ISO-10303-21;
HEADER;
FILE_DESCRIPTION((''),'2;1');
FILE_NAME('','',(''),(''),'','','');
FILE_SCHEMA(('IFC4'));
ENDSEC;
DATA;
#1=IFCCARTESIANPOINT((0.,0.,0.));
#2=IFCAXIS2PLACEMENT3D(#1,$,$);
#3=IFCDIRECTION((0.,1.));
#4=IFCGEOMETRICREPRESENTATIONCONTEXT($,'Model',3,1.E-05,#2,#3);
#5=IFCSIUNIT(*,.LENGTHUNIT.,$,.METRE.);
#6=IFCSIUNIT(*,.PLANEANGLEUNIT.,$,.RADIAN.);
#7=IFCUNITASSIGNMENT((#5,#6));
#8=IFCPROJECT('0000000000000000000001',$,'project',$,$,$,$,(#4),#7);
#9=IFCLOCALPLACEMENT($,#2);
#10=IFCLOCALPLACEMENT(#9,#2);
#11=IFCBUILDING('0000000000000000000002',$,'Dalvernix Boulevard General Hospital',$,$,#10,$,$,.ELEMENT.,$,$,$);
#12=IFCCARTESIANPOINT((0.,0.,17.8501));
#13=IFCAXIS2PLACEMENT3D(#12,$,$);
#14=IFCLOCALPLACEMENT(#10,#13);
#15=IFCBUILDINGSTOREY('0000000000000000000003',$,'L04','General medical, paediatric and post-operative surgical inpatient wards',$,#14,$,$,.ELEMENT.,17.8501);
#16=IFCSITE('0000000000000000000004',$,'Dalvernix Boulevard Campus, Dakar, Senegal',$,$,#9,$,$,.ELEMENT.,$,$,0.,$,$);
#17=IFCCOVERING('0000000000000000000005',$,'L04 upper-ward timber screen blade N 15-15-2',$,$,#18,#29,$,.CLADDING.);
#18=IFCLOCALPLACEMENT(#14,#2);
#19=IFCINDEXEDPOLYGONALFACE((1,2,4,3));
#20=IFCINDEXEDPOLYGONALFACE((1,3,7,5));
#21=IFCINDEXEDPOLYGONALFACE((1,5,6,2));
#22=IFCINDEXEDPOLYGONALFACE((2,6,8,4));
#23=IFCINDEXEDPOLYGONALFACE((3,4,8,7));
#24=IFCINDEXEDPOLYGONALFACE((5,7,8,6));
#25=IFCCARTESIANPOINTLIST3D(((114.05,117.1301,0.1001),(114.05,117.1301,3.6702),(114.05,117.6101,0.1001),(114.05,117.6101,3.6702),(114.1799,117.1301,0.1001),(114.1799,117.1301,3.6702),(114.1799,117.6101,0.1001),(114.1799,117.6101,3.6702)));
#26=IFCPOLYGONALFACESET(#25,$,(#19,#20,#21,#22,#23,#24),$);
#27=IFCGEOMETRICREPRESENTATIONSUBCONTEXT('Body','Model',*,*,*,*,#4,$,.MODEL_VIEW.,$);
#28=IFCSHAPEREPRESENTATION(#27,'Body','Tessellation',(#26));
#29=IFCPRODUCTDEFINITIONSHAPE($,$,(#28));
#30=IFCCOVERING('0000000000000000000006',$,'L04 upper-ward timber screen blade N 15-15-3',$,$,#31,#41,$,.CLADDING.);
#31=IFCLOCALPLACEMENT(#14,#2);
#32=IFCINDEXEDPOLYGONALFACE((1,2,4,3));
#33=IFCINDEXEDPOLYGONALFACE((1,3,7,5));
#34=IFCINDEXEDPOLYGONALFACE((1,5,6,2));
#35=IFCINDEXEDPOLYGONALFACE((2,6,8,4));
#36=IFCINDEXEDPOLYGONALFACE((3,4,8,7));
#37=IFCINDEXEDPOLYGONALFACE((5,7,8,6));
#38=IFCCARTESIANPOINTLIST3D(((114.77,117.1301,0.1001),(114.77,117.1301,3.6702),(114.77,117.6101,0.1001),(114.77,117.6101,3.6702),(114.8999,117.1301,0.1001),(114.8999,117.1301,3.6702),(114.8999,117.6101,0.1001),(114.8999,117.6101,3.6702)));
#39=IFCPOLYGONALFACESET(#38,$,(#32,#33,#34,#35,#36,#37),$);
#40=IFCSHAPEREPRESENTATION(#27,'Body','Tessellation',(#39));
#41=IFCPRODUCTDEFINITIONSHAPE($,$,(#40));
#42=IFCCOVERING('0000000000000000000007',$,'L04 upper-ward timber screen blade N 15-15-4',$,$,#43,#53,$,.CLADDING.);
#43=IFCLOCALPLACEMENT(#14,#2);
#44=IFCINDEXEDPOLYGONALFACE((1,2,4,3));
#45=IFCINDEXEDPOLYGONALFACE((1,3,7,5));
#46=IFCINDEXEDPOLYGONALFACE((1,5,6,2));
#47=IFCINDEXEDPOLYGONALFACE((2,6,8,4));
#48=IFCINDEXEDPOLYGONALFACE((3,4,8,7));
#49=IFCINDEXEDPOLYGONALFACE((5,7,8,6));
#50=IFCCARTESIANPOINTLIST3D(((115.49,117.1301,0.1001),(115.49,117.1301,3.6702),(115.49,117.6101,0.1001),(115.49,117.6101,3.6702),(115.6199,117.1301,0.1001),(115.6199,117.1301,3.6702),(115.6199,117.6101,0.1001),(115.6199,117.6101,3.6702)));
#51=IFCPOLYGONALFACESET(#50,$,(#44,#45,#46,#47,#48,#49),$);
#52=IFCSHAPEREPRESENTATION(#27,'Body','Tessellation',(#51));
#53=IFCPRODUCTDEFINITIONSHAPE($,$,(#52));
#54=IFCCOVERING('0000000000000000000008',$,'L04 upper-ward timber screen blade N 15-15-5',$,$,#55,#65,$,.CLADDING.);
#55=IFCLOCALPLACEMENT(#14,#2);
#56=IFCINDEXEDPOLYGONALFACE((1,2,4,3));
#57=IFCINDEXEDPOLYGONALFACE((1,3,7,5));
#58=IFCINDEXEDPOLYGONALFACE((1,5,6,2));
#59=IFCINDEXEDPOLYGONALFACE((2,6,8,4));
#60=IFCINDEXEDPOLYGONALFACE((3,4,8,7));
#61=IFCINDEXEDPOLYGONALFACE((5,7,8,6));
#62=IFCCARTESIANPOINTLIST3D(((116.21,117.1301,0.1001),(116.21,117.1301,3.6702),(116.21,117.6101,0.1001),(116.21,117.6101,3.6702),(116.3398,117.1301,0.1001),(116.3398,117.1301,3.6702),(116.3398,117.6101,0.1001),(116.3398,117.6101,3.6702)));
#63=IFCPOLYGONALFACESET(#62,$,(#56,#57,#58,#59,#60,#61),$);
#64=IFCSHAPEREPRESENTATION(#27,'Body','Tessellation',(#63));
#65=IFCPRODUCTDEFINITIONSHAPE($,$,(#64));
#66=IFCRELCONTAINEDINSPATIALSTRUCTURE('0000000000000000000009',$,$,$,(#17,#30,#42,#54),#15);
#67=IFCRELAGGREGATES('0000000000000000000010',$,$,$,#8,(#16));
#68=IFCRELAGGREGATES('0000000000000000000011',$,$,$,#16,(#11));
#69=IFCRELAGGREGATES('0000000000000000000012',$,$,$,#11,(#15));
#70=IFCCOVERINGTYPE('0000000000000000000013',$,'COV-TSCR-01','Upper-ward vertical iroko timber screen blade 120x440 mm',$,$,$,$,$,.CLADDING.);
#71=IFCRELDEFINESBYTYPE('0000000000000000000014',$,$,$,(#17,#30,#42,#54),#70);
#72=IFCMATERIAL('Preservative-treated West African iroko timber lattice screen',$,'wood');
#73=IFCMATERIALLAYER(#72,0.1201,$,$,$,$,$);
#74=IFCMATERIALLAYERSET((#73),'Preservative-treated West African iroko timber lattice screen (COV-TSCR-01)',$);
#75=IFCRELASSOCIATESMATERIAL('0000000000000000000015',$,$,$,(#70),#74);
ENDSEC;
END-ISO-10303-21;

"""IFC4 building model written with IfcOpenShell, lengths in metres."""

from ifc_helpers import new_model, si_unit, direction, frame, origin, origin_2d, place, context, subcontext, project, spatial, rectangle, extrude, material, layer, layer_set, type_object, element, save


model = new_model("IFC4")

# Units and contexts
model_context = context("Model", 3, precision=1e-05, world=origin(), true_north=direction((0.0, 1.0)))
body_context = subcontext(model_context, "Body", "Model", "MODEL_VIEW")
ifc_project = project(units=[si_unit("LENGTHUNIT", "METRE"), si_unit("PLANEANGLEUNIT", "RADIAN")], contexts=[model_context])

# Site, building, storey
site_placement = place(None, origin())
site = spatial("IfcSite", under=ifc_project, at=site_placement, Name="Dalvernix Boulevard Campus, Dakar, Senegal", CompositionType="ELEMENT", RefElevation=0.0)
building_placement = place(site_placement, origin())
building = spatial("IfcBuilding", under=site, at=building_placement, Name="Dalvernix Boulevard General Hospital", CompositionType="ELEMENT")
storey_placement = place(building_placement, frame((0.0, 0.0, 17.8501)))
storey = spatial("IfcBuildingStorey", under=building, at=storey_placement, Name="L04", Description="General medical, paediatric and post-operative surgical inpatient wards", CompositionType="ELEMENT", Elevation=17.8501)

# Coverings
ifc_material_1 = material(Name="Preservative-treated West African iroko timber lattice screen", Category="wood")
ifc_layer_1 = layer(ifc_material_1, 0.1201)
ifc_layer_set_1 = layer_set([ifc_layer_1], Name="Preservative-treated West African iroko timber lattice screen (COV-TSCR-01)")
covering_type_1 = type_object("IfcCoveringType", Name="COV-TSCR-01", Description="Upper-ward vertical iroko timber screen blade 120x440 mm", PredefinedType="CLADDING", material=ifc_layer_set_1)
for number, where, z_axis, x_axis, name in (
    (1, (114.115, 117.3701, 0.1001), (0.0, 0.0, 1.0), (1.0, 0.0, 0.0), "L04 upper-ward timber screen blade N 15-15-2"),
    (2, (114.835, 117.3701, 0.1001), (0.0, 0.0, 1.0), (1.0, 0.0, 0.0), "L04 upper-ward timber screen blade N 15-15-3"),
    (3, (115.5549, 117.3701, 0.1001), (0.0, 0.0, 1.0), (1.0, 0.0, 0.0), "L04 upper-ward timber screen blade N 15-15-4"),
    (4, (116.2749, 117.3701, 0.1001), (0.0, 0.0, 1.0), (1.0, 0.0, 0.0), "L04 upper-ward timber screen blade N 15-15-5"),
):
    element("IfcCovering", number, at=place(storey_placement, frame(where, z_axis=z_axis, x_axis=x_axis)), inside=storey, type_object=covering_type_1, Name=name, PredefinedType="CLADDING", context=body_context, shape_type="SweptSolid", body=[
        extrude(rectangle(XDim=0.1299, YDim=0.48, at=origin_2d()), origin(), (0.0, 0.0, 1.0), 3.5701),
    ])

save(model, "model.ifc")
